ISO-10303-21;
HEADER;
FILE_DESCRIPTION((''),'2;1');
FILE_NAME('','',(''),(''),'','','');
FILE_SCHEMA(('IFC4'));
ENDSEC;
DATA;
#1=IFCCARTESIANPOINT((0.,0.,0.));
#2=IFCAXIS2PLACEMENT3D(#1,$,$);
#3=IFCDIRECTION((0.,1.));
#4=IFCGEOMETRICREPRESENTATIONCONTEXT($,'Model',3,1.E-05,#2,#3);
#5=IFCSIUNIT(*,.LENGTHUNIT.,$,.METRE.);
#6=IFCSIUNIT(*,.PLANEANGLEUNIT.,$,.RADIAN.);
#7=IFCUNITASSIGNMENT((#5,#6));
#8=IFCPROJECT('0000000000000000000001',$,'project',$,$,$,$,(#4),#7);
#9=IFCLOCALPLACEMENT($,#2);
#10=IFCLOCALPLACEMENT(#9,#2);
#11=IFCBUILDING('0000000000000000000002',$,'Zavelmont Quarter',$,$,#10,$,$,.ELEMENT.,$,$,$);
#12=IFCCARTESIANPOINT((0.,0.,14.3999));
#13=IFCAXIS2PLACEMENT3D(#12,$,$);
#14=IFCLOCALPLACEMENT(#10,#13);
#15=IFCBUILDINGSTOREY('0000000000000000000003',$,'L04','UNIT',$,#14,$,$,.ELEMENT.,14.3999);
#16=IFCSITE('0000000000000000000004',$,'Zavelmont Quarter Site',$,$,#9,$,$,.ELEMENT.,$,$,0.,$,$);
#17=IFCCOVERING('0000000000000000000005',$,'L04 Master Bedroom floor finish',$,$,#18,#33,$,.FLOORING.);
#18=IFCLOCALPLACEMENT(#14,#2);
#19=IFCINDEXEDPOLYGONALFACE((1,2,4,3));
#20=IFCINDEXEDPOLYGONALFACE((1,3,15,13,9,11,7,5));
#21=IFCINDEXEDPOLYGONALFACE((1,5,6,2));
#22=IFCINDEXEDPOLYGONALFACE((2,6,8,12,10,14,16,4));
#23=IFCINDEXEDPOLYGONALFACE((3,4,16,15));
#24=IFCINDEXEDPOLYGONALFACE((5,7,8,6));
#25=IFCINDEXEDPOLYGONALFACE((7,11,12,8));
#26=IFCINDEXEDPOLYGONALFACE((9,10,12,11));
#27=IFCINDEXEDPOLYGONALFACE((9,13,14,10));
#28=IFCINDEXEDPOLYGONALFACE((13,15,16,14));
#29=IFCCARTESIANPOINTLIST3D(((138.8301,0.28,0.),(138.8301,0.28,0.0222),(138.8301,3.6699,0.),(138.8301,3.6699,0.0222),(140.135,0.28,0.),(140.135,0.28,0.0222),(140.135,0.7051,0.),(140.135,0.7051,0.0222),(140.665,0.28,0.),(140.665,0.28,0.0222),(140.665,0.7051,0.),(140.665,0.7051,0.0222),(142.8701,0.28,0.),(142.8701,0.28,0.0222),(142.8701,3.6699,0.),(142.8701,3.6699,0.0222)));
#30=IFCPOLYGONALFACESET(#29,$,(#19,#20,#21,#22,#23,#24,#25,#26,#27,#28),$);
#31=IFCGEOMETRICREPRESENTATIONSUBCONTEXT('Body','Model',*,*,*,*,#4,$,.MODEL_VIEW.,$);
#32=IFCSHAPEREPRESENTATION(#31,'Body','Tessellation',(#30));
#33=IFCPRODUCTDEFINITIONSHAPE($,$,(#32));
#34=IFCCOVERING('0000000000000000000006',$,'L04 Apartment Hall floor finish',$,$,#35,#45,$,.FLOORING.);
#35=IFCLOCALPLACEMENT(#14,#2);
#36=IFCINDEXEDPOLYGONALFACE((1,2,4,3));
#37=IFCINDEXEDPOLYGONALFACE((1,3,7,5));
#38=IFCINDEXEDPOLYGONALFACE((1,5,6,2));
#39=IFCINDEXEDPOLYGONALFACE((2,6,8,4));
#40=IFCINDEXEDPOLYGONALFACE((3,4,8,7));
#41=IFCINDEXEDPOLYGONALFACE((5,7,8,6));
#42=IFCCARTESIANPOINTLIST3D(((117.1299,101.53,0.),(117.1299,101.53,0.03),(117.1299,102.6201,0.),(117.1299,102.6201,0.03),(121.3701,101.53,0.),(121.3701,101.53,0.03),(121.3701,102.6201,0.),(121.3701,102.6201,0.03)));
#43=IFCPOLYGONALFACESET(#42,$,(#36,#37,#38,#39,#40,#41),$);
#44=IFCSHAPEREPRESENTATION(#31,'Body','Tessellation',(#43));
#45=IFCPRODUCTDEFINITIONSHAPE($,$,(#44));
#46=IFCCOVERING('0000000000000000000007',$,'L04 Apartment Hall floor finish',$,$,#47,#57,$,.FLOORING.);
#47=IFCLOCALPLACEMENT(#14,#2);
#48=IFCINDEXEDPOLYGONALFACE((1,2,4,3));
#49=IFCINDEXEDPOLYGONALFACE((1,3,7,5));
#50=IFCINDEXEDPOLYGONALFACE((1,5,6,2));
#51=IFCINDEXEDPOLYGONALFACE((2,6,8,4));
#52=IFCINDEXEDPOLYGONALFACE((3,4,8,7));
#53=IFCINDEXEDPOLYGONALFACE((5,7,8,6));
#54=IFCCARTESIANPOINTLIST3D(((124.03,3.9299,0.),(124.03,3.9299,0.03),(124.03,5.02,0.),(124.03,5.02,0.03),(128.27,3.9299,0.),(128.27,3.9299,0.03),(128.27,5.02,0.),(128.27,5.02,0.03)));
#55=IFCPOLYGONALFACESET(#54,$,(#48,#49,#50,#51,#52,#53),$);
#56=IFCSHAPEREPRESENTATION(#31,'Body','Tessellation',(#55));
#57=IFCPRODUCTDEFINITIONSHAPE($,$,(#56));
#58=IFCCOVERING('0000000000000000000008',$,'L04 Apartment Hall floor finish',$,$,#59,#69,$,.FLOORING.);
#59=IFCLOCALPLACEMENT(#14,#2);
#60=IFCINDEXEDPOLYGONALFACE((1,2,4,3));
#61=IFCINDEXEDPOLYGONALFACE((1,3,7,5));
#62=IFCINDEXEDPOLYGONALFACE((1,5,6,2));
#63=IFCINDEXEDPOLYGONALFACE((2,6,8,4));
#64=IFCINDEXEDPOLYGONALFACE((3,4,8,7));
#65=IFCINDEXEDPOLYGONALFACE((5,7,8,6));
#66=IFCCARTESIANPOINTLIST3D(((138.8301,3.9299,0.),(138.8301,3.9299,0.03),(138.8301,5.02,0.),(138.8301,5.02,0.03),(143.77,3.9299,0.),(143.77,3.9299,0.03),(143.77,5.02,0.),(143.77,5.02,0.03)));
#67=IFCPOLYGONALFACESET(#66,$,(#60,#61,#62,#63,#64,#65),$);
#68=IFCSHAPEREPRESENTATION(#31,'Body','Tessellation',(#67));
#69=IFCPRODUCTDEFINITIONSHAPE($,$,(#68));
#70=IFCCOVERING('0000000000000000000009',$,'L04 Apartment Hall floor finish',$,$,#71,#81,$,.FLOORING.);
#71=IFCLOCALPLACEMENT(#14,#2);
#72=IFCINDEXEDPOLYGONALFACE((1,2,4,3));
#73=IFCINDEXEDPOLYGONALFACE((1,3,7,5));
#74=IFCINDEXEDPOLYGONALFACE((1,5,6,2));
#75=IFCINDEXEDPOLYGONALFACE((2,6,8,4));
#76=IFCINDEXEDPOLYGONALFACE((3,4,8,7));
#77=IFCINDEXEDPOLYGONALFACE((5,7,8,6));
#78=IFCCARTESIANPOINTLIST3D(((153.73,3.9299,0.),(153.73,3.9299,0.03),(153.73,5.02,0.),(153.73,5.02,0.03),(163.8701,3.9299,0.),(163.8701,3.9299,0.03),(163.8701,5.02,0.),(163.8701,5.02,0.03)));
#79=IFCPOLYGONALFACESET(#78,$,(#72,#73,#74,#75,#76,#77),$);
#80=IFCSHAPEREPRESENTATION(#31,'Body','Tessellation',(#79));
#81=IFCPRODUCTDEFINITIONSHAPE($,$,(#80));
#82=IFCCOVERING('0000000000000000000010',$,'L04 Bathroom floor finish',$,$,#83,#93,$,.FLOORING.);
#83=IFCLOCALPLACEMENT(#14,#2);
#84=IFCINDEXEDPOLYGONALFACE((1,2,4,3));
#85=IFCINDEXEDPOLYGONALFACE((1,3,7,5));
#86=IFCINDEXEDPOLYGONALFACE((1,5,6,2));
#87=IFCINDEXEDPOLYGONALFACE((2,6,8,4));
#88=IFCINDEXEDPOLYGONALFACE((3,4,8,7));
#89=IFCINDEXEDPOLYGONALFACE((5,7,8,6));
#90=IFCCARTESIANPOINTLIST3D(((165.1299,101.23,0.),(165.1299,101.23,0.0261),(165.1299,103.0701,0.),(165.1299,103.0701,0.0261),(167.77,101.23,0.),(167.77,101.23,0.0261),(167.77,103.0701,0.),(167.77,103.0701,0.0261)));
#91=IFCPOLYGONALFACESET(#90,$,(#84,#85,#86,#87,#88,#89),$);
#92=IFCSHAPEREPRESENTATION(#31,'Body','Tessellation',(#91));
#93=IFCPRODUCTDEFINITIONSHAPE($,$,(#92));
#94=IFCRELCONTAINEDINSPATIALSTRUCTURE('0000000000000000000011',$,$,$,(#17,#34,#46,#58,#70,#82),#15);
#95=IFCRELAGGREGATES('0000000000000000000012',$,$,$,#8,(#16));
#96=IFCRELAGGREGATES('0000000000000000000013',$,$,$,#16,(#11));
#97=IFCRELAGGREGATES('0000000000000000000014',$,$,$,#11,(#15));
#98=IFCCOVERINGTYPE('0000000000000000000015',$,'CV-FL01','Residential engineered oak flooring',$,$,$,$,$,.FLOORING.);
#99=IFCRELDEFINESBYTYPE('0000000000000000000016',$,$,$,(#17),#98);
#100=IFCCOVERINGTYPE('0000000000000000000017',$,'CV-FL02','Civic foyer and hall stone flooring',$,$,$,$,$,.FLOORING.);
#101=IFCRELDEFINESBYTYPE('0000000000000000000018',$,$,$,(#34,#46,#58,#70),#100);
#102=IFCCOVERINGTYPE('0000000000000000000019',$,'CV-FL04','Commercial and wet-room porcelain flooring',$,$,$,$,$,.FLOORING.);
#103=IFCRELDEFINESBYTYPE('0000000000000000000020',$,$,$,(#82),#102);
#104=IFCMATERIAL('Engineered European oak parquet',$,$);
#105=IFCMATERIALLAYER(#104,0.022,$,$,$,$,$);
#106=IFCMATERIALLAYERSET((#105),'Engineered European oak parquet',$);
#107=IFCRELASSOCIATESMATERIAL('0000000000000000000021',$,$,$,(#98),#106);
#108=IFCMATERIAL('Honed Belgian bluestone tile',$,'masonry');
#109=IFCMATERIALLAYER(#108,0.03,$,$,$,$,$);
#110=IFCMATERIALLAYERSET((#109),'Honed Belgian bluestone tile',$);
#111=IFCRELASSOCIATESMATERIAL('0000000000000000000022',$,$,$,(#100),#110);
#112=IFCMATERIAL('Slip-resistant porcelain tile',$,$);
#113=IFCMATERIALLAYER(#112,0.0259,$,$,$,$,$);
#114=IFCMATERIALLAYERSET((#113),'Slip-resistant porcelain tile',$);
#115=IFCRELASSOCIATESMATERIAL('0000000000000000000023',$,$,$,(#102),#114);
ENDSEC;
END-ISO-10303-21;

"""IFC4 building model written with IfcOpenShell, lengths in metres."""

from ifc_helpers import new_model, si_unit, direction, frame, origin, place, context, subcontext, project, spatial, polyline, outline, extrude, material, layer, layer_set, type_object, element, save


model = new_model("IFC4")

# Units and contexts
model_context = context("Model", 3, precision=1e-05, world=origin(), true_north=direction((0.0, 1.0)))
body_context = subcontext(model_context, "Body", "Model", "MODEL_VIEW")
ifc_project = project(units=[si_unit("LENGTHUNIT", "METRE"), si_unit("PLANEANGLEUNIT", "RADIAN")], contexts=[model_context])

# Site, building, storey
site_placement = place(None, origin())
site = spatial("IfcSite", under=ifc_project, at=site_placement, Name="Zavelmont Quarter Site", CompositionType="ELEMENT", RefElevation=0.0)
building_placement = place(site_placement, origin())
building = spatial("IfcBuilding", under=site, at=building_placement, Name="Zavelmont Quarter", CompositionType="ELEMENT")
storey_placement = place(building_placement, frame((0.0, 0.0, 14.3999)))
storey = spatial("IfcBuildingStorey", under=building, at=storey_placement, Name="L04", Description="UNIT", CompositionType="ELEMENT", Elevation=14.3999)

# Coverings
ifc_material_1 = material(Name="Engineered European oak parquet")
ifc_layer_1 = layer(ifc_material_1, 0.022)
ifc_layer_set_1 = layer_set([ifc_layer_1], Name="Engineered European oak parquet")
covering_type_1 = type_object("IfcCoveringType", Name="CV-FL01", Description="Residential engineered oak flooring", PredefinedType="FLOORING", material=ifc_layer_set_1)
covering_1_placement = place(storey_placement, origin())
element("IfcCovering", 1, at=covering_1_placement, inside=storey, type_object=covering_type_1, Name="L04 Master Bedroom floor finish", PredefinedType="FLOORING", context=body_context, shape_type="SweptSolid", body=[
    extrude(outline(polyline([(138.8301, 3.6699), (142.8701, 3.6699), (142.8701, 0.28), (140.665, 0.28), (140.665, 0.7051), (140.135, 0.7051), (140.135, 0.28), (138.8301, 0.28), (138.8301, 3.6699)])), origin(), (0.0, 0.0, 1.0), 0.0222),
])
ifc_material_2 = material(Name="Honed Belgian bluestone tile", Category="masonry")
ifc_layer_2 = layer(ifc_material_2, 0.03)
ifc_layer_set_2 = layer_set([ifc_layer_2], Name="Honed Belgian bluestone tile")
covering_type_2 = type_object("IfcCoveringType", Name="CV-FL02", Description="Civic foyer and hall stone flooring", PredefinedType="FLOORING", material=ifc_layer_set_2)
covering_2_placement = place(storey_placement, origin())
element("IfcCovering", 2, at=covering_2_placement, inside=storey, type_object=covering_type_2, Name="L04 Apartment Hall floor finish", PredefinedType="FLOORING", context=body_context, shape_type="SweptSolid", body=[
    extrude(outline(polyline([(117.1299, 102.6201), (121.3701, 102.6201), (121.3701, 101.53), (117.1299, 101.53), (117.1299, 102.6201)])), origin(), (0.0, 0.0, 1.0), 0.03),
])
covering_3_placement = place(storey_placement, origin())
element("IfcCovering", 3, at=covering_3_placement, inside=storey, type_object=covering_type_2, Name="L04 Apartment Hall floor finish", PredefinedType="FLOORING", context=body_context, shape_type="SweptSolid", body=[
    extrude(outline(polyline([(124.03, 5.02), (128.27, 5.02), (128.27, 3.9299), (124.03, 3.9299), (124.03, 5.02)])), origin(), (0.0, 0.0, 1.0), 0.03),
])
covering_4_placement = place(storey_placement, origin())
element("IfcCovering", 4, at=covering_4_placement, inside=storey, type_object=covering_type_2, Name="L04 Apartment Hall floor finish", PredefinedType="FLOORING", context=body_context, shape_type="SweptSolid", body=[
    extrude(outline(polyline([(138.8301, 5.02), (143.77, 5.02), (143.77, 3.9299), (138.8301, 3.9299), (138.8301, 5.02)])), origin(), (0.0, 0.0, 1.0), 0.03),
])
covering_5_placement = place(storey_placement, origin())
element("IfcCovering", 5, at=covering_5_placement, inside=storey, type_object=covering_type_2, Name="L04 Apartment Hall floor finish", PredefinedType="FLOORING", context=body_context, shape_type="SweptSolid", body=[
    extrude(outline(polyline([(153.73, 5.02), (163.8701, 5.02), (163.8701, 3.9299), (153.73, 3.9299), (153.73, 5.02)])), origin(), (0.0, 0.0, 1.0), 0.03),
])
ifc_material_3 = material(Name="Slip-resistant porcelain tile")
ifc_layer_3 = layer(ifc_material_3, 0.0259)
ifc_layer_set_3 = layer_set([ifc_layer_3], Name="Slip-resistant porcelain tile")
covering_type_3 = type_object("IfcCoveringType", Name="CV-FL04", Description="Commercial and wet-room porcelain flooring", PredefinedType="FLOORING", material=ifc_layer_set_3)
covering_6_placement = place(storey_placement, origin())
element("IfcCovering", 6, at=covering_6_placement, inside=storey, type_object=covering_type_3, Name="L04 Bathroom floor finish", PredefinedType="FLOORING", context=body_context, shape_type="SweptSolid", body=[
    extrude(outline(polyline([(165.1299, 103.0701), (167.77, 103.0701), (167.77, 101.23), (165.1299, 101.23), (165.1299, 103.0701)])), origin(), (0.0, 0.0, 1.0), 0.0261),
])

save(model, "model.ifc")
